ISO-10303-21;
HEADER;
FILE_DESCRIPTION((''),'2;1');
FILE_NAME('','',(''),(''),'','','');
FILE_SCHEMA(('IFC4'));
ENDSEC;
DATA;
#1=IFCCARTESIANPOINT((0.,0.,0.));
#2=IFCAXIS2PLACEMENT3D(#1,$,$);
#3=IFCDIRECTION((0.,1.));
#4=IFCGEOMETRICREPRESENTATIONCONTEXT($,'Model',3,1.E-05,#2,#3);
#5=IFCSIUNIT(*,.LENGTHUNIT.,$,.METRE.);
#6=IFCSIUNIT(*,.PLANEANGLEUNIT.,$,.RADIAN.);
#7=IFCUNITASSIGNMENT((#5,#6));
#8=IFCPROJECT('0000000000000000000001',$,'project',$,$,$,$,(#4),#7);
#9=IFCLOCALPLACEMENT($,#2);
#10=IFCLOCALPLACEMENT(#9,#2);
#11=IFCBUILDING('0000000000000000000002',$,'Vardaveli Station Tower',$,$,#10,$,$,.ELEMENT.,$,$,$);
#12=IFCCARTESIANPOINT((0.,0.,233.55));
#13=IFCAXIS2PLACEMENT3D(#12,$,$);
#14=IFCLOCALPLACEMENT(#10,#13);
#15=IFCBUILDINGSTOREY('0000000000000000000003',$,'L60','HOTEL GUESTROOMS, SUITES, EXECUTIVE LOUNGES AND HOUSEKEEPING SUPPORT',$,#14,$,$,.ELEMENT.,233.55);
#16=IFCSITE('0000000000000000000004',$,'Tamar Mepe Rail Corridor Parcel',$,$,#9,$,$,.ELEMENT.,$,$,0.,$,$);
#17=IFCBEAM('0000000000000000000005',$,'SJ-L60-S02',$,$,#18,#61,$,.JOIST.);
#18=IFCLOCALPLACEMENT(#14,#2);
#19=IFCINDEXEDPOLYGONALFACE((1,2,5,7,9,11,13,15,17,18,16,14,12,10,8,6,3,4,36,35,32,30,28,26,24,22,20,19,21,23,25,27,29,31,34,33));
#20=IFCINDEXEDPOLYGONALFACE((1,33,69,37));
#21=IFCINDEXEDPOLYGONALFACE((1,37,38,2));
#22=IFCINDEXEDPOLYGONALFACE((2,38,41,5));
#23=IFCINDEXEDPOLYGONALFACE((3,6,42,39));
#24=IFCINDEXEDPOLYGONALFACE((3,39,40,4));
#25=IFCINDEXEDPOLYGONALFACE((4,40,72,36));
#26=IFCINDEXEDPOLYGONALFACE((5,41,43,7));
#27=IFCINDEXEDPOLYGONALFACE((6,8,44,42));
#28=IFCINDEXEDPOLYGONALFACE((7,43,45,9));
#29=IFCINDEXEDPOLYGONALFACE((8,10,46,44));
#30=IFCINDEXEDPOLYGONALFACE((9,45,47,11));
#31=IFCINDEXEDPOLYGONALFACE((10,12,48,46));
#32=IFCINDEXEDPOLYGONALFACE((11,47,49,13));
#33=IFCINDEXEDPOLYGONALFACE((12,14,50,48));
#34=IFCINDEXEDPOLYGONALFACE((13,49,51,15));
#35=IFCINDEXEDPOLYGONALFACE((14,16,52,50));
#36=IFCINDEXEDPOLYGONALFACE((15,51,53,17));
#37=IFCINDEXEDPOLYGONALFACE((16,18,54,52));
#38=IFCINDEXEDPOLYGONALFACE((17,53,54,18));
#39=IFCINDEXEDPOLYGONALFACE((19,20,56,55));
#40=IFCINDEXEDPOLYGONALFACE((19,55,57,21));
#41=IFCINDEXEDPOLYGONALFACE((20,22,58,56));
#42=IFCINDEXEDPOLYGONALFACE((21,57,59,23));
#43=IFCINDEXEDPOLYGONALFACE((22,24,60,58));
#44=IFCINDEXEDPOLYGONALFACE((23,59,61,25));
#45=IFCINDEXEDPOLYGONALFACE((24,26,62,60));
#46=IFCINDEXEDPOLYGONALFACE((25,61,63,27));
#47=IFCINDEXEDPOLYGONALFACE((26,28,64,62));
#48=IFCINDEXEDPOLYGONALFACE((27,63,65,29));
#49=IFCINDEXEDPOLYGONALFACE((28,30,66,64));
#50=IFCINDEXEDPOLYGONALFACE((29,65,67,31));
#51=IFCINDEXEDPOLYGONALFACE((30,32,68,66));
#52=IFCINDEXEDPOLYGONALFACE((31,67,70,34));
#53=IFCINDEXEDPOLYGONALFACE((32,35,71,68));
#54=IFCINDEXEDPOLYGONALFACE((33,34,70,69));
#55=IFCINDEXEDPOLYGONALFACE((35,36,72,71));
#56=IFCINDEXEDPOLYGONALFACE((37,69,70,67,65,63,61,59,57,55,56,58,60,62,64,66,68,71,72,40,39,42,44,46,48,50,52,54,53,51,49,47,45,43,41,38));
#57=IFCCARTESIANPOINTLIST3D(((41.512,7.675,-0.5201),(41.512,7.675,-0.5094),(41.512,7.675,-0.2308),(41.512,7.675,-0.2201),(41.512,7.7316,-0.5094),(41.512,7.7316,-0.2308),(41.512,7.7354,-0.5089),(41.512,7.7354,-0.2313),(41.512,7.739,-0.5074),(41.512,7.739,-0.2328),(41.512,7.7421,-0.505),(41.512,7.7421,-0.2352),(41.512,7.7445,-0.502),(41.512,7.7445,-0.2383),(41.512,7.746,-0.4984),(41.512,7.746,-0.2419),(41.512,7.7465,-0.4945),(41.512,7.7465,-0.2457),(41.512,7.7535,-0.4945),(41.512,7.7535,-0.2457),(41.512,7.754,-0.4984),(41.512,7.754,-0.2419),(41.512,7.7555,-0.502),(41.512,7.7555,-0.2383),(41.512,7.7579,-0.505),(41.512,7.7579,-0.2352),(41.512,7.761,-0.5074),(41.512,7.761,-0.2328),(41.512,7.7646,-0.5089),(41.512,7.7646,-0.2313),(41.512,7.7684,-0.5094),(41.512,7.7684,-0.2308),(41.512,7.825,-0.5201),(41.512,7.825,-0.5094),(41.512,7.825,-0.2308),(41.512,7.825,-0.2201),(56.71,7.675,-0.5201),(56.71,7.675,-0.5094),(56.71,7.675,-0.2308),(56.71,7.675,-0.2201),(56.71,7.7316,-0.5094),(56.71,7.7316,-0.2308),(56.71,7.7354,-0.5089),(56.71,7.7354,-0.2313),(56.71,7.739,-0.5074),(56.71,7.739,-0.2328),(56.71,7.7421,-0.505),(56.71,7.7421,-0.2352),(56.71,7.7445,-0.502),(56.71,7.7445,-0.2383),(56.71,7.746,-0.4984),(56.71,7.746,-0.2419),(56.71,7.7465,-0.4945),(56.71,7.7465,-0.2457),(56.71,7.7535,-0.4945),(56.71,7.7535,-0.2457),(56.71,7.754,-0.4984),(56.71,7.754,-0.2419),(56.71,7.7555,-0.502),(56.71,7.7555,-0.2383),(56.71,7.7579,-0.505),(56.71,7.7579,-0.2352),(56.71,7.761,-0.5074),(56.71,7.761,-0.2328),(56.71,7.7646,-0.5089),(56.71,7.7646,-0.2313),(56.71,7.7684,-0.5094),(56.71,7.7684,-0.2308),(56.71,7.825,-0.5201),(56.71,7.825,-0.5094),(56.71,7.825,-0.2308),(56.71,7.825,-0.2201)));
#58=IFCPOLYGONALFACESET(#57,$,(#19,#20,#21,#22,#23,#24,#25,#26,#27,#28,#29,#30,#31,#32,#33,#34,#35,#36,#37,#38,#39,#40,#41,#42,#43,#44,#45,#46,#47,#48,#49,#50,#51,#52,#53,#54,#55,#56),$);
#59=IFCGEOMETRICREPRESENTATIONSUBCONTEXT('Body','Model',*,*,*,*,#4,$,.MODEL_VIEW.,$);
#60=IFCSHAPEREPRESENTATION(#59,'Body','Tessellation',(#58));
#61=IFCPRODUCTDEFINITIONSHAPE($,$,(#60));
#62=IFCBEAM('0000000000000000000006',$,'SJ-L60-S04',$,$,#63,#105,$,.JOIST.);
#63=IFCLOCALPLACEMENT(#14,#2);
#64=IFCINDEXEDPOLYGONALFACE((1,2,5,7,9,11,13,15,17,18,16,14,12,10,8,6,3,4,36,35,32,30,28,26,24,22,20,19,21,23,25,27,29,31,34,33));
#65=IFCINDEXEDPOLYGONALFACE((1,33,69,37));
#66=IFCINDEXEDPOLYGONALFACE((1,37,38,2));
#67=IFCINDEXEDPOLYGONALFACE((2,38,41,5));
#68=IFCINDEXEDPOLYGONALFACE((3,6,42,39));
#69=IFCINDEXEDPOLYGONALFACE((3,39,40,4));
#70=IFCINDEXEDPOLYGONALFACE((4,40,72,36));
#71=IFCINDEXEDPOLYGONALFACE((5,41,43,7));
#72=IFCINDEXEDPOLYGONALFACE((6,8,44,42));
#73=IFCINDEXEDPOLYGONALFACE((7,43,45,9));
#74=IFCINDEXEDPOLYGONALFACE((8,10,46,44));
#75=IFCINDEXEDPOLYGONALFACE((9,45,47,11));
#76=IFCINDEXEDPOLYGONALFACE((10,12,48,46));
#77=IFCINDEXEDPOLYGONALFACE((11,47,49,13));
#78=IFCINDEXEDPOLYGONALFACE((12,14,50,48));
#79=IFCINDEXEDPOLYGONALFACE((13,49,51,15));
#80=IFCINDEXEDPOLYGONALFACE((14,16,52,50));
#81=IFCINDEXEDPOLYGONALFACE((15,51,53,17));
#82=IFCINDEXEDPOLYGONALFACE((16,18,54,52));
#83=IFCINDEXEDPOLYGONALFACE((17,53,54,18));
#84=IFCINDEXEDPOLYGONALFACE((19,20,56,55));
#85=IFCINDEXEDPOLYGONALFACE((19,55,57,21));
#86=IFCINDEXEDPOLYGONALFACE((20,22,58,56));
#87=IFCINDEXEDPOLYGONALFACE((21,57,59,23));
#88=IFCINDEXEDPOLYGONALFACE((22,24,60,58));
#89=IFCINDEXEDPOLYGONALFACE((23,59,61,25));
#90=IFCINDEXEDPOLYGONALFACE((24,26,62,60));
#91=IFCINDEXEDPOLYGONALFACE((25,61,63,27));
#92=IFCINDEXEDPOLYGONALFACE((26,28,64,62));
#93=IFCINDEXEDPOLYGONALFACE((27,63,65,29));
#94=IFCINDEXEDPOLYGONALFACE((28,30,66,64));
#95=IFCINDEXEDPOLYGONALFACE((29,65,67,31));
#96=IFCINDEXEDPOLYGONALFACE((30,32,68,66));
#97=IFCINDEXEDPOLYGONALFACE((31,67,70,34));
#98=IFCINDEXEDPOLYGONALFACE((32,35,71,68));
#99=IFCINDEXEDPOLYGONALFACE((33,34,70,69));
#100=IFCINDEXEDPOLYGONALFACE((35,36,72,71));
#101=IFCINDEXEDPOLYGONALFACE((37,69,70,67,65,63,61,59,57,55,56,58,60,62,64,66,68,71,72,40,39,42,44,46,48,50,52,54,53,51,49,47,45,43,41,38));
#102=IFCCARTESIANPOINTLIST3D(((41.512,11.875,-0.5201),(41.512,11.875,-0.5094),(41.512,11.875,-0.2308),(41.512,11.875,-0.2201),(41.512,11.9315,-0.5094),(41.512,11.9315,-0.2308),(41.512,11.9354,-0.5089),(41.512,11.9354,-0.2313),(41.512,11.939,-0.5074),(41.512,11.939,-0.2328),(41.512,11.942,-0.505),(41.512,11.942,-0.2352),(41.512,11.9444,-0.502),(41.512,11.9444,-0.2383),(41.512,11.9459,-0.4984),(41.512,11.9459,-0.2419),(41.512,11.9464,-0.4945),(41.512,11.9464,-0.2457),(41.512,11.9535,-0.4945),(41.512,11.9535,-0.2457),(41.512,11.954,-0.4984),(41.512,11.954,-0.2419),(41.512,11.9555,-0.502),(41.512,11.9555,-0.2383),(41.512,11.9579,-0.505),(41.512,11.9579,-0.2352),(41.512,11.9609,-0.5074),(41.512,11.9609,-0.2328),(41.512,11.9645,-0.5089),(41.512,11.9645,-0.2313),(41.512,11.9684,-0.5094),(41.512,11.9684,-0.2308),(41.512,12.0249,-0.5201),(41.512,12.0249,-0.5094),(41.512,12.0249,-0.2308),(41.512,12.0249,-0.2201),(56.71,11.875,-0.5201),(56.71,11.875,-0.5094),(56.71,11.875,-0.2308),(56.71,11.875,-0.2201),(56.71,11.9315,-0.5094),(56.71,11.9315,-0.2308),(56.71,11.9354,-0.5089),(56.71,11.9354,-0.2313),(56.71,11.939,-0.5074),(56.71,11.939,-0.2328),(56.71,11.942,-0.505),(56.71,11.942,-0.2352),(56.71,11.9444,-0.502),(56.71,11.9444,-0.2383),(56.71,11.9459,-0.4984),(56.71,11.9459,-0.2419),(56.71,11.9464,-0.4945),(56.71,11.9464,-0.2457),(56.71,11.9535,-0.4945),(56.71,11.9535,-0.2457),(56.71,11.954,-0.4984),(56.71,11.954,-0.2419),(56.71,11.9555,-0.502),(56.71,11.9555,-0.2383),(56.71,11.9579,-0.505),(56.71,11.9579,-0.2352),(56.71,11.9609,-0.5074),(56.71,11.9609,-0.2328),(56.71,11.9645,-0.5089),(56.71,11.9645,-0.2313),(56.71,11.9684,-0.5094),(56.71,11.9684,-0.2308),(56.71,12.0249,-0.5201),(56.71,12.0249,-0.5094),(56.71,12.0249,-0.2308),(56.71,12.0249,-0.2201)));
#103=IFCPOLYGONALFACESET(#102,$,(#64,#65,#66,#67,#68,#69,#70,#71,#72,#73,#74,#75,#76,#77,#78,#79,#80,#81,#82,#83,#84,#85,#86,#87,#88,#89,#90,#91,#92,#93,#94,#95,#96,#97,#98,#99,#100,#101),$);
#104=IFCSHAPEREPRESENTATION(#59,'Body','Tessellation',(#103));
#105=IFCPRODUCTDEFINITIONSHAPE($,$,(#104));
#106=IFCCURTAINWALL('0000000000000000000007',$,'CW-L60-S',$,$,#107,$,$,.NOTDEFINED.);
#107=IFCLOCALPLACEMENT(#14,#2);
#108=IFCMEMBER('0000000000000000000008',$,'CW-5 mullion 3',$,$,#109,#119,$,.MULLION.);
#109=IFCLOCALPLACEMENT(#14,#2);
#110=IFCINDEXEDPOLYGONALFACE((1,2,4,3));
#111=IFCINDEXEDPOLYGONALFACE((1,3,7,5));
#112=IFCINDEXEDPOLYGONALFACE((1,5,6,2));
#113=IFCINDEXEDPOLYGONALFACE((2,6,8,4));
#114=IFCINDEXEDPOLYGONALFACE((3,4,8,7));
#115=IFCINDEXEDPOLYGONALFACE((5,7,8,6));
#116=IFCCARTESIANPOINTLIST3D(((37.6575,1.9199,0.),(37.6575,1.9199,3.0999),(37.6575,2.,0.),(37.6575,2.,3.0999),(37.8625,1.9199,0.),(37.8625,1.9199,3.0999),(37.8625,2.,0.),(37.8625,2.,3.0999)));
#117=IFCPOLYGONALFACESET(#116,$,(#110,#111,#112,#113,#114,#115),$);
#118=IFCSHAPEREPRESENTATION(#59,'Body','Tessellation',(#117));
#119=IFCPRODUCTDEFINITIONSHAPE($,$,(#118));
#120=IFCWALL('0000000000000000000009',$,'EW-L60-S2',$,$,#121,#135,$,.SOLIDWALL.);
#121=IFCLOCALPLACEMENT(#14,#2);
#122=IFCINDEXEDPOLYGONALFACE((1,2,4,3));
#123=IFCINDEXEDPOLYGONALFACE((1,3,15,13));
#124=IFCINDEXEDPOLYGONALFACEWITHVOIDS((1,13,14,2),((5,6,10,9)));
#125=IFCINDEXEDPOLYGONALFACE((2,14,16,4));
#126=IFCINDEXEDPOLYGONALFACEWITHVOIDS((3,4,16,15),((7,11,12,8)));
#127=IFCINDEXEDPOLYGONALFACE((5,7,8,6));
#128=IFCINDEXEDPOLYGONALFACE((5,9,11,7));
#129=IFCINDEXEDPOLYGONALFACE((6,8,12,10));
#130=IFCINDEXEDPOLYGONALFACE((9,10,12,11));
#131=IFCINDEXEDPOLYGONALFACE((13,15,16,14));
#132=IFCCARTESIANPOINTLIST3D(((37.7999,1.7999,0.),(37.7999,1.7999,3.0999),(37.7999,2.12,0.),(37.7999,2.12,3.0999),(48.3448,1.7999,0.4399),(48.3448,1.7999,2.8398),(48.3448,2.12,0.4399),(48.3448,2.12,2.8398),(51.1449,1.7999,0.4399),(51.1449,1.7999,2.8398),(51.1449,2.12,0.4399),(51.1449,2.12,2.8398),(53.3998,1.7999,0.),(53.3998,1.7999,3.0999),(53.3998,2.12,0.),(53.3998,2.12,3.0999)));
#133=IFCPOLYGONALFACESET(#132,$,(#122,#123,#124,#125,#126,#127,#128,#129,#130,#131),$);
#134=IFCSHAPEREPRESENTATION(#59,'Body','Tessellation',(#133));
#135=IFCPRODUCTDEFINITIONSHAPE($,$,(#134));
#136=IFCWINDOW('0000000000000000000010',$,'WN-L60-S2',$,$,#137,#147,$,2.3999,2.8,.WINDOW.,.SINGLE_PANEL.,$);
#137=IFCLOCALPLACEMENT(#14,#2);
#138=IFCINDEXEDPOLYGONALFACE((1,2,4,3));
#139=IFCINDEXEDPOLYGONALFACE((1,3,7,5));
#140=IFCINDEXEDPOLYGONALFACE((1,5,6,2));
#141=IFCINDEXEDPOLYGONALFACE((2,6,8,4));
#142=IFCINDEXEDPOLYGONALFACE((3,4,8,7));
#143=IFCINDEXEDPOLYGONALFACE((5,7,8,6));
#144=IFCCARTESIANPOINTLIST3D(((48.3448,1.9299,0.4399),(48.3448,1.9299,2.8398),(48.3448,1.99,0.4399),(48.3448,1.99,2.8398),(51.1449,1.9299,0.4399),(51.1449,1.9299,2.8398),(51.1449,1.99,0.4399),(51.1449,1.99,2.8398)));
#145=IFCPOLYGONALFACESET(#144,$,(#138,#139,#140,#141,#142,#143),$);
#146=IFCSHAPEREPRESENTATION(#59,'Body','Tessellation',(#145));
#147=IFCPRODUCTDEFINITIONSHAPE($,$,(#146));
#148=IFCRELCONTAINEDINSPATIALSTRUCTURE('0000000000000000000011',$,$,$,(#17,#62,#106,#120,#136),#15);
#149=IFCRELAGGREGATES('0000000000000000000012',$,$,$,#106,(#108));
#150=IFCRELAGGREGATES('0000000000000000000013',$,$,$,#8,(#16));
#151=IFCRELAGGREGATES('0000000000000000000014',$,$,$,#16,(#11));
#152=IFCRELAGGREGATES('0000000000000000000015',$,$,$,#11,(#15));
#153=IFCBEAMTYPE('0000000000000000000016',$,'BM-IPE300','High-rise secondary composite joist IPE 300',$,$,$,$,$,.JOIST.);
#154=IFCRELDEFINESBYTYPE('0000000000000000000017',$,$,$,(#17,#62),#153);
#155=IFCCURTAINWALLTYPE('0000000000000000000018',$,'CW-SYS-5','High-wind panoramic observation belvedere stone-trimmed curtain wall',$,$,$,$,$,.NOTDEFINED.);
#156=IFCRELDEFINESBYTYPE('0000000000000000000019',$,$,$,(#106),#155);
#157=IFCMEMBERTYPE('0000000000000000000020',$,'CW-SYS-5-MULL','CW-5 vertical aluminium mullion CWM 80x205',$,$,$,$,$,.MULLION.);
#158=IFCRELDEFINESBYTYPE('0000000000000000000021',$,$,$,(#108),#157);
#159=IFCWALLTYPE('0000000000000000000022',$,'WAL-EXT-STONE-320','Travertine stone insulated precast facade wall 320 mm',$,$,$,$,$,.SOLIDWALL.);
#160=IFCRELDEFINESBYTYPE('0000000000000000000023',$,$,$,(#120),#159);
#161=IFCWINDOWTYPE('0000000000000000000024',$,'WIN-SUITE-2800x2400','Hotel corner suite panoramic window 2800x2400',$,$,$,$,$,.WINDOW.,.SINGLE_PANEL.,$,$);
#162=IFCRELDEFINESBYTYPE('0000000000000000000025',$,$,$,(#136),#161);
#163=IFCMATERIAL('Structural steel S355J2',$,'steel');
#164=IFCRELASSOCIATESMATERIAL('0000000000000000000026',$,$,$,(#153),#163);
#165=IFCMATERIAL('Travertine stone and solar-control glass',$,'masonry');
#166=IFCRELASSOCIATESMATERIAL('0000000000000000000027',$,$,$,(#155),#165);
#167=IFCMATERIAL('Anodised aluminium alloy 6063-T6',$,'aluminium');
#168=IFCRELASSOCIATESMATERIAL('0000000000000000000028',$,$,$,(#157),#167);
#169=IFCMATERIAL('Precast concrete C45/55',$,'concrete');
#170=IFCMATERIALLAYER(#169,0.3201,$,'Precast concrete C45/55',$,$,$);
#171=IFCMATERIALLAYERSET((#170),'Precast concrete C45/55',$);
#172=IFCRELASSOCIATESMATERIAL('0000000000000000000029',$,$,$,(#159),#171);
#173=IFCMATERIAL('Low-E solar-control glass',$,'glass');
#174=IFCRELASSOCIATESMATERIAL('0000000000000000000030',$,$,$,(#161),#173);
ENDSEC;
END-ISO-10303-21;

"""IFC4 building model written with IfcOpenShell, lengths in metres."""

from ifc_helpers import new_model, si_unit, direction, frame, frame_2d, origin, origin_2d, place, context, subcontext, project, spatial, rectangle, i_section, extrude, source, transform, mapped, material, layer, layer_set, material_profile, profile_set, type_object, element, fill, aggregate, save


model = new_model("IFC4")

# Units and contexts
model_context = context("Model", 3, precision=1e-05, world=origin(), true_north=direction((0.0, 1.0)))
body_context = subcontext(model_context, "Body", "Model", "MODEL_VIEW")
ifc_project = project(units=[si_unit("LENGTHUNIT", "METRE"), si_unit("PLANEANGLEUNIT", "RADIAN")], contexts=[model_context])

# Site, building, storey
site_placement = place(None, origin())
site = spatial("IfcSite", under=ifc_project, at=site_placement, Name="Tamar Mepe Rail Corridor Parcel", CompositionType="ELEMENT", RefElevation=0.0)
building_placement = place(site_placement, origin())
building = spatial("IfcBuilding", under=site, at=building_placement, Name="Vardaveli Station Tower", CompositionType="ELEMENT")
storey_placement = place(building_placement, frame((0.0, 0.0, 233.55)))
storey = spatial("IfcBuildingStorey", under=building, at=storey_placement, Name="L60", Description="HOTEL GUESTROOMS, SUITES, EXECUTIVE LOUNGES AND HOUSEKEEPING SUPPORT", CompositionType="ELEMENT", Elevation=233.55)

# Beams
ifc_material_1 = material(Name="Structural steel S355J2", Category="steel")
ifc_material_2 = material(Name="Precast concrete C45/55", Category="concrete")
ifc_material_profile_1 = material_profile(ifc_material_1, i_section(OverallWidth=0.1499, OverallDepth=0.3, WebThickness=0.0071, FlangeThickness=0.0107, FilletRadius=0.0149, at=origin_2d()), Name="IPE 300")
ifc_profile_set_1 = profile_set([ifc_material_profile_1], Name="Structural steel S355J2")
beam_type_1 = type_object("IfcBeamType", Name="BM-IPE300", Description="High-rise secondary composite joist IPE 300", PredefinedType="JOIST", material=ifc_profile_set_1)
shared_shape_1 = source(origin(), body_context, "Body", "SweptSolid", [
    extrude(i_section(OverallWidth=0.1499, OverallDepth=0.3, WebThickness=0.0071, FlangeThickness=0.0107, FilletRadius=0.0149, at=origin_2d()), origin(), (0.0, 0.0, 1.0), 15.198),
])
for number, where, z_axis, x_axis, name in (
    (1, (41.512, 7.75, -0.3701), (1.0, 0.0, 0.0), (0.0, 1.0, 0.0), "SJ-L60-S02"),
    (2, (41.512, 11.95, -0.3701), (1.0, 0.0, 0.0), (0.0, 1.0, 0.0), "SJ-L60-S04"),
):
    element("IfcBeam", number, at=place(storey_placement, frame(where, z_axis=z_axis, x_axis=x_axis)), inside=storey, type_object=beam_type_1, Name=name, PredefinedType="JOIST", context=body_context, shape_type="MappedRepresentation", body=[
        mapped(shared_shape_1, transform((0.0, 0.0, 0.0), scale=1.0)),
    ])

# Curtain wall, member
ifc_material_3 = material(Name="Travertine stone and solar-control glass", Category="masonry")
curtain_wall_type = type_object("IfcCurtainWallType", Name="CW-SYS-5", Description="High-wind panoramic observation belvedere stone-trimmed curtain wall", PredefinedType="NOTDEFINED", material=ifc_material_3)
curtain_wall_placement = place(storey_placement, origin())
curtain_wall = element("IfcCurtainWall", 3, at=curtain_wall_placement, inside=storey, type_object=curtain_wall_type, Name="CW-L60-S", PredefinedType="NOTDEFINED")
ifc_material_4 = material(Name="Anodised aluminium alloy 6063-T6", Category="aluminium")
ifc_material_profile_2 = material_profile(ifc_material_4, rectangle(XDim=0.0801, YDim=0.2051, at=origin_2d()), Name="CWM 80x205")
ifc_profile_set_2 = profile_set([ifc_material_profile_2], Name="Anodised aluminium alloy 6063-T6")
member_type = type_object("IfcMemberType", Name="CW-SYS-5-MULL", Description="CW-5 vertical aluminium mullion CWM 80x205", PredefinedType="MULLION", material=ifc_profile_set_2)
shared_shape_2 = source(origin(), body_context, "Body", "SweptSolid", [
    extrude(rectangle(XDim=0.0801, YDim=0.2051, at=origin_2d()), origin(), (0.0, 0.0, 1.0), 3.0999),
])
member_placement = place(storey_placement, frame((37.76, 1.96, 0.0), z_axis=(0.0, 0.0, 1.0), x_axis=(0.0, 1.0, 0.0)))
member = element("IfcMember", 4, at=member_placement, type_object=member_type, Name="CW-5 mullion 3", PredefinedType="MULLION", context=body_context, shape_type="MappedRepresentation", body=[
    mapped(shared_shape_2, transform((0.0, 0.0, 0.0), scale=1.0)),
])
aggregate(curtain_wall, [member])

# Wall, opening, window
ifc_layer_1 = layer(ifc_material_2, 0.3201, Name="Precast concrete C45/55")
ifc_layer_set_1 = layer_set([ifc_layer_1], Name="Precast concrete C45/55")
wall_type_1 = type_object("IfcWallType", Name="WAL-EXT-STONE-320", Description="Travertine stone insulated precast facade wall 320 mm", PredefinedType="SOLIDWALL", material=ifc_layer_set_1)
shared_shape_3 = source(origin(), body_context, "Body", "SweptSolid", [
    extrude(rectangle(XDim=15.5999, YDim=0.3201, at=frame_2d((7.7998, 0.0))), origin(), (0.0, 0.0, 1.0), 3.0999),
])
wall_1_placement = place(storey_placement, frame((37.8, 1.96, 0.0), z_axis=(0.0, 0.0, 1.0), x_axis=(1.0, 0.0, 0.0)))
wall_1 = element("IfcWall", 5, at=wall_1_placement, inside=storey, type_object=wall_type_1, Name="EW-L60-S2", PredefinedType="SOLIDWALL", context=body_context, shape_type="MappedRepresentation", body=[
    mapped(shared_shape_3, transform((0.0, 0.0, 0.0), scale=1.0)),
])
shared_shape_4 = source(origin(), body_context, "Body", "SweptSolid", [
    extrude(rectangle(XDim=2.8, YDim=2.3999, at=frame_2d((1.3999, 1.2))), frame((0.0, 0.1699, 0.0), z_axis=(0.0, -1.0, 0.0), x_axis=(1.0, 0.0, 0.0)), (0.0, 0.0, 1.0), 0.3401),
])
opening_1_placement = place(wall_1_placement, frame((10.5449, 0.0, 0.4399)))
opening_1 = element("IfcOpeningElement", 6, at=opening_1_placement, cuts=wall_1, PredefinedType="OPENING", context=body_context, shape_type="MappedRepresentation", body=[
    mapped(shared_shape_4, transform((0.0, 0.0, 0.0), scale=1.0)),
])
ifc_material_5 = material(Name="Low-E solar-control glass", Category="glass")
window_type = type_object("IfcWindowType", Name="WIN-SUITE-2800x2400", Description="Hotel corner suite panoramic window 2800x2400", PartitioningType="SINGLE_PANEL", PredefinedType="WINDOW", material=ifc_material_5)
shared_shape_5 = source(origin(), body_context, "Body", "SweptSolid", [
    extrude(rectangle(XDim=2.8, YDim=2.3999, at=frame_2d((1.3999, 1.2))), frame((0.0, 0.03, 0.0), z_axis=(0.0, -1.0, 0.0), x_axis=(1.0, 0.0, 0.0)), (0.0, 0.0, 1.0), 0.0601),
])
window_placement = place(opening_1_placement, origin())
window = element("IfcWindow", 7, at=window_placement, inside=storey, type_object=window_type, Name="WN-L60-S2", OverallHeight=2.3999, OverallWidth=2.8, PartitioningType="SINGLE_PANEL", PredefinedType="WINDOW", context=body_context, shape_type="MappedRepresentation", body=[
    mapped(shared_shape_5, transform((0.0, 0.0, 0.0), scale=1.0)),
])
fill(opening_1, window)

save(model, "model.ifc")
